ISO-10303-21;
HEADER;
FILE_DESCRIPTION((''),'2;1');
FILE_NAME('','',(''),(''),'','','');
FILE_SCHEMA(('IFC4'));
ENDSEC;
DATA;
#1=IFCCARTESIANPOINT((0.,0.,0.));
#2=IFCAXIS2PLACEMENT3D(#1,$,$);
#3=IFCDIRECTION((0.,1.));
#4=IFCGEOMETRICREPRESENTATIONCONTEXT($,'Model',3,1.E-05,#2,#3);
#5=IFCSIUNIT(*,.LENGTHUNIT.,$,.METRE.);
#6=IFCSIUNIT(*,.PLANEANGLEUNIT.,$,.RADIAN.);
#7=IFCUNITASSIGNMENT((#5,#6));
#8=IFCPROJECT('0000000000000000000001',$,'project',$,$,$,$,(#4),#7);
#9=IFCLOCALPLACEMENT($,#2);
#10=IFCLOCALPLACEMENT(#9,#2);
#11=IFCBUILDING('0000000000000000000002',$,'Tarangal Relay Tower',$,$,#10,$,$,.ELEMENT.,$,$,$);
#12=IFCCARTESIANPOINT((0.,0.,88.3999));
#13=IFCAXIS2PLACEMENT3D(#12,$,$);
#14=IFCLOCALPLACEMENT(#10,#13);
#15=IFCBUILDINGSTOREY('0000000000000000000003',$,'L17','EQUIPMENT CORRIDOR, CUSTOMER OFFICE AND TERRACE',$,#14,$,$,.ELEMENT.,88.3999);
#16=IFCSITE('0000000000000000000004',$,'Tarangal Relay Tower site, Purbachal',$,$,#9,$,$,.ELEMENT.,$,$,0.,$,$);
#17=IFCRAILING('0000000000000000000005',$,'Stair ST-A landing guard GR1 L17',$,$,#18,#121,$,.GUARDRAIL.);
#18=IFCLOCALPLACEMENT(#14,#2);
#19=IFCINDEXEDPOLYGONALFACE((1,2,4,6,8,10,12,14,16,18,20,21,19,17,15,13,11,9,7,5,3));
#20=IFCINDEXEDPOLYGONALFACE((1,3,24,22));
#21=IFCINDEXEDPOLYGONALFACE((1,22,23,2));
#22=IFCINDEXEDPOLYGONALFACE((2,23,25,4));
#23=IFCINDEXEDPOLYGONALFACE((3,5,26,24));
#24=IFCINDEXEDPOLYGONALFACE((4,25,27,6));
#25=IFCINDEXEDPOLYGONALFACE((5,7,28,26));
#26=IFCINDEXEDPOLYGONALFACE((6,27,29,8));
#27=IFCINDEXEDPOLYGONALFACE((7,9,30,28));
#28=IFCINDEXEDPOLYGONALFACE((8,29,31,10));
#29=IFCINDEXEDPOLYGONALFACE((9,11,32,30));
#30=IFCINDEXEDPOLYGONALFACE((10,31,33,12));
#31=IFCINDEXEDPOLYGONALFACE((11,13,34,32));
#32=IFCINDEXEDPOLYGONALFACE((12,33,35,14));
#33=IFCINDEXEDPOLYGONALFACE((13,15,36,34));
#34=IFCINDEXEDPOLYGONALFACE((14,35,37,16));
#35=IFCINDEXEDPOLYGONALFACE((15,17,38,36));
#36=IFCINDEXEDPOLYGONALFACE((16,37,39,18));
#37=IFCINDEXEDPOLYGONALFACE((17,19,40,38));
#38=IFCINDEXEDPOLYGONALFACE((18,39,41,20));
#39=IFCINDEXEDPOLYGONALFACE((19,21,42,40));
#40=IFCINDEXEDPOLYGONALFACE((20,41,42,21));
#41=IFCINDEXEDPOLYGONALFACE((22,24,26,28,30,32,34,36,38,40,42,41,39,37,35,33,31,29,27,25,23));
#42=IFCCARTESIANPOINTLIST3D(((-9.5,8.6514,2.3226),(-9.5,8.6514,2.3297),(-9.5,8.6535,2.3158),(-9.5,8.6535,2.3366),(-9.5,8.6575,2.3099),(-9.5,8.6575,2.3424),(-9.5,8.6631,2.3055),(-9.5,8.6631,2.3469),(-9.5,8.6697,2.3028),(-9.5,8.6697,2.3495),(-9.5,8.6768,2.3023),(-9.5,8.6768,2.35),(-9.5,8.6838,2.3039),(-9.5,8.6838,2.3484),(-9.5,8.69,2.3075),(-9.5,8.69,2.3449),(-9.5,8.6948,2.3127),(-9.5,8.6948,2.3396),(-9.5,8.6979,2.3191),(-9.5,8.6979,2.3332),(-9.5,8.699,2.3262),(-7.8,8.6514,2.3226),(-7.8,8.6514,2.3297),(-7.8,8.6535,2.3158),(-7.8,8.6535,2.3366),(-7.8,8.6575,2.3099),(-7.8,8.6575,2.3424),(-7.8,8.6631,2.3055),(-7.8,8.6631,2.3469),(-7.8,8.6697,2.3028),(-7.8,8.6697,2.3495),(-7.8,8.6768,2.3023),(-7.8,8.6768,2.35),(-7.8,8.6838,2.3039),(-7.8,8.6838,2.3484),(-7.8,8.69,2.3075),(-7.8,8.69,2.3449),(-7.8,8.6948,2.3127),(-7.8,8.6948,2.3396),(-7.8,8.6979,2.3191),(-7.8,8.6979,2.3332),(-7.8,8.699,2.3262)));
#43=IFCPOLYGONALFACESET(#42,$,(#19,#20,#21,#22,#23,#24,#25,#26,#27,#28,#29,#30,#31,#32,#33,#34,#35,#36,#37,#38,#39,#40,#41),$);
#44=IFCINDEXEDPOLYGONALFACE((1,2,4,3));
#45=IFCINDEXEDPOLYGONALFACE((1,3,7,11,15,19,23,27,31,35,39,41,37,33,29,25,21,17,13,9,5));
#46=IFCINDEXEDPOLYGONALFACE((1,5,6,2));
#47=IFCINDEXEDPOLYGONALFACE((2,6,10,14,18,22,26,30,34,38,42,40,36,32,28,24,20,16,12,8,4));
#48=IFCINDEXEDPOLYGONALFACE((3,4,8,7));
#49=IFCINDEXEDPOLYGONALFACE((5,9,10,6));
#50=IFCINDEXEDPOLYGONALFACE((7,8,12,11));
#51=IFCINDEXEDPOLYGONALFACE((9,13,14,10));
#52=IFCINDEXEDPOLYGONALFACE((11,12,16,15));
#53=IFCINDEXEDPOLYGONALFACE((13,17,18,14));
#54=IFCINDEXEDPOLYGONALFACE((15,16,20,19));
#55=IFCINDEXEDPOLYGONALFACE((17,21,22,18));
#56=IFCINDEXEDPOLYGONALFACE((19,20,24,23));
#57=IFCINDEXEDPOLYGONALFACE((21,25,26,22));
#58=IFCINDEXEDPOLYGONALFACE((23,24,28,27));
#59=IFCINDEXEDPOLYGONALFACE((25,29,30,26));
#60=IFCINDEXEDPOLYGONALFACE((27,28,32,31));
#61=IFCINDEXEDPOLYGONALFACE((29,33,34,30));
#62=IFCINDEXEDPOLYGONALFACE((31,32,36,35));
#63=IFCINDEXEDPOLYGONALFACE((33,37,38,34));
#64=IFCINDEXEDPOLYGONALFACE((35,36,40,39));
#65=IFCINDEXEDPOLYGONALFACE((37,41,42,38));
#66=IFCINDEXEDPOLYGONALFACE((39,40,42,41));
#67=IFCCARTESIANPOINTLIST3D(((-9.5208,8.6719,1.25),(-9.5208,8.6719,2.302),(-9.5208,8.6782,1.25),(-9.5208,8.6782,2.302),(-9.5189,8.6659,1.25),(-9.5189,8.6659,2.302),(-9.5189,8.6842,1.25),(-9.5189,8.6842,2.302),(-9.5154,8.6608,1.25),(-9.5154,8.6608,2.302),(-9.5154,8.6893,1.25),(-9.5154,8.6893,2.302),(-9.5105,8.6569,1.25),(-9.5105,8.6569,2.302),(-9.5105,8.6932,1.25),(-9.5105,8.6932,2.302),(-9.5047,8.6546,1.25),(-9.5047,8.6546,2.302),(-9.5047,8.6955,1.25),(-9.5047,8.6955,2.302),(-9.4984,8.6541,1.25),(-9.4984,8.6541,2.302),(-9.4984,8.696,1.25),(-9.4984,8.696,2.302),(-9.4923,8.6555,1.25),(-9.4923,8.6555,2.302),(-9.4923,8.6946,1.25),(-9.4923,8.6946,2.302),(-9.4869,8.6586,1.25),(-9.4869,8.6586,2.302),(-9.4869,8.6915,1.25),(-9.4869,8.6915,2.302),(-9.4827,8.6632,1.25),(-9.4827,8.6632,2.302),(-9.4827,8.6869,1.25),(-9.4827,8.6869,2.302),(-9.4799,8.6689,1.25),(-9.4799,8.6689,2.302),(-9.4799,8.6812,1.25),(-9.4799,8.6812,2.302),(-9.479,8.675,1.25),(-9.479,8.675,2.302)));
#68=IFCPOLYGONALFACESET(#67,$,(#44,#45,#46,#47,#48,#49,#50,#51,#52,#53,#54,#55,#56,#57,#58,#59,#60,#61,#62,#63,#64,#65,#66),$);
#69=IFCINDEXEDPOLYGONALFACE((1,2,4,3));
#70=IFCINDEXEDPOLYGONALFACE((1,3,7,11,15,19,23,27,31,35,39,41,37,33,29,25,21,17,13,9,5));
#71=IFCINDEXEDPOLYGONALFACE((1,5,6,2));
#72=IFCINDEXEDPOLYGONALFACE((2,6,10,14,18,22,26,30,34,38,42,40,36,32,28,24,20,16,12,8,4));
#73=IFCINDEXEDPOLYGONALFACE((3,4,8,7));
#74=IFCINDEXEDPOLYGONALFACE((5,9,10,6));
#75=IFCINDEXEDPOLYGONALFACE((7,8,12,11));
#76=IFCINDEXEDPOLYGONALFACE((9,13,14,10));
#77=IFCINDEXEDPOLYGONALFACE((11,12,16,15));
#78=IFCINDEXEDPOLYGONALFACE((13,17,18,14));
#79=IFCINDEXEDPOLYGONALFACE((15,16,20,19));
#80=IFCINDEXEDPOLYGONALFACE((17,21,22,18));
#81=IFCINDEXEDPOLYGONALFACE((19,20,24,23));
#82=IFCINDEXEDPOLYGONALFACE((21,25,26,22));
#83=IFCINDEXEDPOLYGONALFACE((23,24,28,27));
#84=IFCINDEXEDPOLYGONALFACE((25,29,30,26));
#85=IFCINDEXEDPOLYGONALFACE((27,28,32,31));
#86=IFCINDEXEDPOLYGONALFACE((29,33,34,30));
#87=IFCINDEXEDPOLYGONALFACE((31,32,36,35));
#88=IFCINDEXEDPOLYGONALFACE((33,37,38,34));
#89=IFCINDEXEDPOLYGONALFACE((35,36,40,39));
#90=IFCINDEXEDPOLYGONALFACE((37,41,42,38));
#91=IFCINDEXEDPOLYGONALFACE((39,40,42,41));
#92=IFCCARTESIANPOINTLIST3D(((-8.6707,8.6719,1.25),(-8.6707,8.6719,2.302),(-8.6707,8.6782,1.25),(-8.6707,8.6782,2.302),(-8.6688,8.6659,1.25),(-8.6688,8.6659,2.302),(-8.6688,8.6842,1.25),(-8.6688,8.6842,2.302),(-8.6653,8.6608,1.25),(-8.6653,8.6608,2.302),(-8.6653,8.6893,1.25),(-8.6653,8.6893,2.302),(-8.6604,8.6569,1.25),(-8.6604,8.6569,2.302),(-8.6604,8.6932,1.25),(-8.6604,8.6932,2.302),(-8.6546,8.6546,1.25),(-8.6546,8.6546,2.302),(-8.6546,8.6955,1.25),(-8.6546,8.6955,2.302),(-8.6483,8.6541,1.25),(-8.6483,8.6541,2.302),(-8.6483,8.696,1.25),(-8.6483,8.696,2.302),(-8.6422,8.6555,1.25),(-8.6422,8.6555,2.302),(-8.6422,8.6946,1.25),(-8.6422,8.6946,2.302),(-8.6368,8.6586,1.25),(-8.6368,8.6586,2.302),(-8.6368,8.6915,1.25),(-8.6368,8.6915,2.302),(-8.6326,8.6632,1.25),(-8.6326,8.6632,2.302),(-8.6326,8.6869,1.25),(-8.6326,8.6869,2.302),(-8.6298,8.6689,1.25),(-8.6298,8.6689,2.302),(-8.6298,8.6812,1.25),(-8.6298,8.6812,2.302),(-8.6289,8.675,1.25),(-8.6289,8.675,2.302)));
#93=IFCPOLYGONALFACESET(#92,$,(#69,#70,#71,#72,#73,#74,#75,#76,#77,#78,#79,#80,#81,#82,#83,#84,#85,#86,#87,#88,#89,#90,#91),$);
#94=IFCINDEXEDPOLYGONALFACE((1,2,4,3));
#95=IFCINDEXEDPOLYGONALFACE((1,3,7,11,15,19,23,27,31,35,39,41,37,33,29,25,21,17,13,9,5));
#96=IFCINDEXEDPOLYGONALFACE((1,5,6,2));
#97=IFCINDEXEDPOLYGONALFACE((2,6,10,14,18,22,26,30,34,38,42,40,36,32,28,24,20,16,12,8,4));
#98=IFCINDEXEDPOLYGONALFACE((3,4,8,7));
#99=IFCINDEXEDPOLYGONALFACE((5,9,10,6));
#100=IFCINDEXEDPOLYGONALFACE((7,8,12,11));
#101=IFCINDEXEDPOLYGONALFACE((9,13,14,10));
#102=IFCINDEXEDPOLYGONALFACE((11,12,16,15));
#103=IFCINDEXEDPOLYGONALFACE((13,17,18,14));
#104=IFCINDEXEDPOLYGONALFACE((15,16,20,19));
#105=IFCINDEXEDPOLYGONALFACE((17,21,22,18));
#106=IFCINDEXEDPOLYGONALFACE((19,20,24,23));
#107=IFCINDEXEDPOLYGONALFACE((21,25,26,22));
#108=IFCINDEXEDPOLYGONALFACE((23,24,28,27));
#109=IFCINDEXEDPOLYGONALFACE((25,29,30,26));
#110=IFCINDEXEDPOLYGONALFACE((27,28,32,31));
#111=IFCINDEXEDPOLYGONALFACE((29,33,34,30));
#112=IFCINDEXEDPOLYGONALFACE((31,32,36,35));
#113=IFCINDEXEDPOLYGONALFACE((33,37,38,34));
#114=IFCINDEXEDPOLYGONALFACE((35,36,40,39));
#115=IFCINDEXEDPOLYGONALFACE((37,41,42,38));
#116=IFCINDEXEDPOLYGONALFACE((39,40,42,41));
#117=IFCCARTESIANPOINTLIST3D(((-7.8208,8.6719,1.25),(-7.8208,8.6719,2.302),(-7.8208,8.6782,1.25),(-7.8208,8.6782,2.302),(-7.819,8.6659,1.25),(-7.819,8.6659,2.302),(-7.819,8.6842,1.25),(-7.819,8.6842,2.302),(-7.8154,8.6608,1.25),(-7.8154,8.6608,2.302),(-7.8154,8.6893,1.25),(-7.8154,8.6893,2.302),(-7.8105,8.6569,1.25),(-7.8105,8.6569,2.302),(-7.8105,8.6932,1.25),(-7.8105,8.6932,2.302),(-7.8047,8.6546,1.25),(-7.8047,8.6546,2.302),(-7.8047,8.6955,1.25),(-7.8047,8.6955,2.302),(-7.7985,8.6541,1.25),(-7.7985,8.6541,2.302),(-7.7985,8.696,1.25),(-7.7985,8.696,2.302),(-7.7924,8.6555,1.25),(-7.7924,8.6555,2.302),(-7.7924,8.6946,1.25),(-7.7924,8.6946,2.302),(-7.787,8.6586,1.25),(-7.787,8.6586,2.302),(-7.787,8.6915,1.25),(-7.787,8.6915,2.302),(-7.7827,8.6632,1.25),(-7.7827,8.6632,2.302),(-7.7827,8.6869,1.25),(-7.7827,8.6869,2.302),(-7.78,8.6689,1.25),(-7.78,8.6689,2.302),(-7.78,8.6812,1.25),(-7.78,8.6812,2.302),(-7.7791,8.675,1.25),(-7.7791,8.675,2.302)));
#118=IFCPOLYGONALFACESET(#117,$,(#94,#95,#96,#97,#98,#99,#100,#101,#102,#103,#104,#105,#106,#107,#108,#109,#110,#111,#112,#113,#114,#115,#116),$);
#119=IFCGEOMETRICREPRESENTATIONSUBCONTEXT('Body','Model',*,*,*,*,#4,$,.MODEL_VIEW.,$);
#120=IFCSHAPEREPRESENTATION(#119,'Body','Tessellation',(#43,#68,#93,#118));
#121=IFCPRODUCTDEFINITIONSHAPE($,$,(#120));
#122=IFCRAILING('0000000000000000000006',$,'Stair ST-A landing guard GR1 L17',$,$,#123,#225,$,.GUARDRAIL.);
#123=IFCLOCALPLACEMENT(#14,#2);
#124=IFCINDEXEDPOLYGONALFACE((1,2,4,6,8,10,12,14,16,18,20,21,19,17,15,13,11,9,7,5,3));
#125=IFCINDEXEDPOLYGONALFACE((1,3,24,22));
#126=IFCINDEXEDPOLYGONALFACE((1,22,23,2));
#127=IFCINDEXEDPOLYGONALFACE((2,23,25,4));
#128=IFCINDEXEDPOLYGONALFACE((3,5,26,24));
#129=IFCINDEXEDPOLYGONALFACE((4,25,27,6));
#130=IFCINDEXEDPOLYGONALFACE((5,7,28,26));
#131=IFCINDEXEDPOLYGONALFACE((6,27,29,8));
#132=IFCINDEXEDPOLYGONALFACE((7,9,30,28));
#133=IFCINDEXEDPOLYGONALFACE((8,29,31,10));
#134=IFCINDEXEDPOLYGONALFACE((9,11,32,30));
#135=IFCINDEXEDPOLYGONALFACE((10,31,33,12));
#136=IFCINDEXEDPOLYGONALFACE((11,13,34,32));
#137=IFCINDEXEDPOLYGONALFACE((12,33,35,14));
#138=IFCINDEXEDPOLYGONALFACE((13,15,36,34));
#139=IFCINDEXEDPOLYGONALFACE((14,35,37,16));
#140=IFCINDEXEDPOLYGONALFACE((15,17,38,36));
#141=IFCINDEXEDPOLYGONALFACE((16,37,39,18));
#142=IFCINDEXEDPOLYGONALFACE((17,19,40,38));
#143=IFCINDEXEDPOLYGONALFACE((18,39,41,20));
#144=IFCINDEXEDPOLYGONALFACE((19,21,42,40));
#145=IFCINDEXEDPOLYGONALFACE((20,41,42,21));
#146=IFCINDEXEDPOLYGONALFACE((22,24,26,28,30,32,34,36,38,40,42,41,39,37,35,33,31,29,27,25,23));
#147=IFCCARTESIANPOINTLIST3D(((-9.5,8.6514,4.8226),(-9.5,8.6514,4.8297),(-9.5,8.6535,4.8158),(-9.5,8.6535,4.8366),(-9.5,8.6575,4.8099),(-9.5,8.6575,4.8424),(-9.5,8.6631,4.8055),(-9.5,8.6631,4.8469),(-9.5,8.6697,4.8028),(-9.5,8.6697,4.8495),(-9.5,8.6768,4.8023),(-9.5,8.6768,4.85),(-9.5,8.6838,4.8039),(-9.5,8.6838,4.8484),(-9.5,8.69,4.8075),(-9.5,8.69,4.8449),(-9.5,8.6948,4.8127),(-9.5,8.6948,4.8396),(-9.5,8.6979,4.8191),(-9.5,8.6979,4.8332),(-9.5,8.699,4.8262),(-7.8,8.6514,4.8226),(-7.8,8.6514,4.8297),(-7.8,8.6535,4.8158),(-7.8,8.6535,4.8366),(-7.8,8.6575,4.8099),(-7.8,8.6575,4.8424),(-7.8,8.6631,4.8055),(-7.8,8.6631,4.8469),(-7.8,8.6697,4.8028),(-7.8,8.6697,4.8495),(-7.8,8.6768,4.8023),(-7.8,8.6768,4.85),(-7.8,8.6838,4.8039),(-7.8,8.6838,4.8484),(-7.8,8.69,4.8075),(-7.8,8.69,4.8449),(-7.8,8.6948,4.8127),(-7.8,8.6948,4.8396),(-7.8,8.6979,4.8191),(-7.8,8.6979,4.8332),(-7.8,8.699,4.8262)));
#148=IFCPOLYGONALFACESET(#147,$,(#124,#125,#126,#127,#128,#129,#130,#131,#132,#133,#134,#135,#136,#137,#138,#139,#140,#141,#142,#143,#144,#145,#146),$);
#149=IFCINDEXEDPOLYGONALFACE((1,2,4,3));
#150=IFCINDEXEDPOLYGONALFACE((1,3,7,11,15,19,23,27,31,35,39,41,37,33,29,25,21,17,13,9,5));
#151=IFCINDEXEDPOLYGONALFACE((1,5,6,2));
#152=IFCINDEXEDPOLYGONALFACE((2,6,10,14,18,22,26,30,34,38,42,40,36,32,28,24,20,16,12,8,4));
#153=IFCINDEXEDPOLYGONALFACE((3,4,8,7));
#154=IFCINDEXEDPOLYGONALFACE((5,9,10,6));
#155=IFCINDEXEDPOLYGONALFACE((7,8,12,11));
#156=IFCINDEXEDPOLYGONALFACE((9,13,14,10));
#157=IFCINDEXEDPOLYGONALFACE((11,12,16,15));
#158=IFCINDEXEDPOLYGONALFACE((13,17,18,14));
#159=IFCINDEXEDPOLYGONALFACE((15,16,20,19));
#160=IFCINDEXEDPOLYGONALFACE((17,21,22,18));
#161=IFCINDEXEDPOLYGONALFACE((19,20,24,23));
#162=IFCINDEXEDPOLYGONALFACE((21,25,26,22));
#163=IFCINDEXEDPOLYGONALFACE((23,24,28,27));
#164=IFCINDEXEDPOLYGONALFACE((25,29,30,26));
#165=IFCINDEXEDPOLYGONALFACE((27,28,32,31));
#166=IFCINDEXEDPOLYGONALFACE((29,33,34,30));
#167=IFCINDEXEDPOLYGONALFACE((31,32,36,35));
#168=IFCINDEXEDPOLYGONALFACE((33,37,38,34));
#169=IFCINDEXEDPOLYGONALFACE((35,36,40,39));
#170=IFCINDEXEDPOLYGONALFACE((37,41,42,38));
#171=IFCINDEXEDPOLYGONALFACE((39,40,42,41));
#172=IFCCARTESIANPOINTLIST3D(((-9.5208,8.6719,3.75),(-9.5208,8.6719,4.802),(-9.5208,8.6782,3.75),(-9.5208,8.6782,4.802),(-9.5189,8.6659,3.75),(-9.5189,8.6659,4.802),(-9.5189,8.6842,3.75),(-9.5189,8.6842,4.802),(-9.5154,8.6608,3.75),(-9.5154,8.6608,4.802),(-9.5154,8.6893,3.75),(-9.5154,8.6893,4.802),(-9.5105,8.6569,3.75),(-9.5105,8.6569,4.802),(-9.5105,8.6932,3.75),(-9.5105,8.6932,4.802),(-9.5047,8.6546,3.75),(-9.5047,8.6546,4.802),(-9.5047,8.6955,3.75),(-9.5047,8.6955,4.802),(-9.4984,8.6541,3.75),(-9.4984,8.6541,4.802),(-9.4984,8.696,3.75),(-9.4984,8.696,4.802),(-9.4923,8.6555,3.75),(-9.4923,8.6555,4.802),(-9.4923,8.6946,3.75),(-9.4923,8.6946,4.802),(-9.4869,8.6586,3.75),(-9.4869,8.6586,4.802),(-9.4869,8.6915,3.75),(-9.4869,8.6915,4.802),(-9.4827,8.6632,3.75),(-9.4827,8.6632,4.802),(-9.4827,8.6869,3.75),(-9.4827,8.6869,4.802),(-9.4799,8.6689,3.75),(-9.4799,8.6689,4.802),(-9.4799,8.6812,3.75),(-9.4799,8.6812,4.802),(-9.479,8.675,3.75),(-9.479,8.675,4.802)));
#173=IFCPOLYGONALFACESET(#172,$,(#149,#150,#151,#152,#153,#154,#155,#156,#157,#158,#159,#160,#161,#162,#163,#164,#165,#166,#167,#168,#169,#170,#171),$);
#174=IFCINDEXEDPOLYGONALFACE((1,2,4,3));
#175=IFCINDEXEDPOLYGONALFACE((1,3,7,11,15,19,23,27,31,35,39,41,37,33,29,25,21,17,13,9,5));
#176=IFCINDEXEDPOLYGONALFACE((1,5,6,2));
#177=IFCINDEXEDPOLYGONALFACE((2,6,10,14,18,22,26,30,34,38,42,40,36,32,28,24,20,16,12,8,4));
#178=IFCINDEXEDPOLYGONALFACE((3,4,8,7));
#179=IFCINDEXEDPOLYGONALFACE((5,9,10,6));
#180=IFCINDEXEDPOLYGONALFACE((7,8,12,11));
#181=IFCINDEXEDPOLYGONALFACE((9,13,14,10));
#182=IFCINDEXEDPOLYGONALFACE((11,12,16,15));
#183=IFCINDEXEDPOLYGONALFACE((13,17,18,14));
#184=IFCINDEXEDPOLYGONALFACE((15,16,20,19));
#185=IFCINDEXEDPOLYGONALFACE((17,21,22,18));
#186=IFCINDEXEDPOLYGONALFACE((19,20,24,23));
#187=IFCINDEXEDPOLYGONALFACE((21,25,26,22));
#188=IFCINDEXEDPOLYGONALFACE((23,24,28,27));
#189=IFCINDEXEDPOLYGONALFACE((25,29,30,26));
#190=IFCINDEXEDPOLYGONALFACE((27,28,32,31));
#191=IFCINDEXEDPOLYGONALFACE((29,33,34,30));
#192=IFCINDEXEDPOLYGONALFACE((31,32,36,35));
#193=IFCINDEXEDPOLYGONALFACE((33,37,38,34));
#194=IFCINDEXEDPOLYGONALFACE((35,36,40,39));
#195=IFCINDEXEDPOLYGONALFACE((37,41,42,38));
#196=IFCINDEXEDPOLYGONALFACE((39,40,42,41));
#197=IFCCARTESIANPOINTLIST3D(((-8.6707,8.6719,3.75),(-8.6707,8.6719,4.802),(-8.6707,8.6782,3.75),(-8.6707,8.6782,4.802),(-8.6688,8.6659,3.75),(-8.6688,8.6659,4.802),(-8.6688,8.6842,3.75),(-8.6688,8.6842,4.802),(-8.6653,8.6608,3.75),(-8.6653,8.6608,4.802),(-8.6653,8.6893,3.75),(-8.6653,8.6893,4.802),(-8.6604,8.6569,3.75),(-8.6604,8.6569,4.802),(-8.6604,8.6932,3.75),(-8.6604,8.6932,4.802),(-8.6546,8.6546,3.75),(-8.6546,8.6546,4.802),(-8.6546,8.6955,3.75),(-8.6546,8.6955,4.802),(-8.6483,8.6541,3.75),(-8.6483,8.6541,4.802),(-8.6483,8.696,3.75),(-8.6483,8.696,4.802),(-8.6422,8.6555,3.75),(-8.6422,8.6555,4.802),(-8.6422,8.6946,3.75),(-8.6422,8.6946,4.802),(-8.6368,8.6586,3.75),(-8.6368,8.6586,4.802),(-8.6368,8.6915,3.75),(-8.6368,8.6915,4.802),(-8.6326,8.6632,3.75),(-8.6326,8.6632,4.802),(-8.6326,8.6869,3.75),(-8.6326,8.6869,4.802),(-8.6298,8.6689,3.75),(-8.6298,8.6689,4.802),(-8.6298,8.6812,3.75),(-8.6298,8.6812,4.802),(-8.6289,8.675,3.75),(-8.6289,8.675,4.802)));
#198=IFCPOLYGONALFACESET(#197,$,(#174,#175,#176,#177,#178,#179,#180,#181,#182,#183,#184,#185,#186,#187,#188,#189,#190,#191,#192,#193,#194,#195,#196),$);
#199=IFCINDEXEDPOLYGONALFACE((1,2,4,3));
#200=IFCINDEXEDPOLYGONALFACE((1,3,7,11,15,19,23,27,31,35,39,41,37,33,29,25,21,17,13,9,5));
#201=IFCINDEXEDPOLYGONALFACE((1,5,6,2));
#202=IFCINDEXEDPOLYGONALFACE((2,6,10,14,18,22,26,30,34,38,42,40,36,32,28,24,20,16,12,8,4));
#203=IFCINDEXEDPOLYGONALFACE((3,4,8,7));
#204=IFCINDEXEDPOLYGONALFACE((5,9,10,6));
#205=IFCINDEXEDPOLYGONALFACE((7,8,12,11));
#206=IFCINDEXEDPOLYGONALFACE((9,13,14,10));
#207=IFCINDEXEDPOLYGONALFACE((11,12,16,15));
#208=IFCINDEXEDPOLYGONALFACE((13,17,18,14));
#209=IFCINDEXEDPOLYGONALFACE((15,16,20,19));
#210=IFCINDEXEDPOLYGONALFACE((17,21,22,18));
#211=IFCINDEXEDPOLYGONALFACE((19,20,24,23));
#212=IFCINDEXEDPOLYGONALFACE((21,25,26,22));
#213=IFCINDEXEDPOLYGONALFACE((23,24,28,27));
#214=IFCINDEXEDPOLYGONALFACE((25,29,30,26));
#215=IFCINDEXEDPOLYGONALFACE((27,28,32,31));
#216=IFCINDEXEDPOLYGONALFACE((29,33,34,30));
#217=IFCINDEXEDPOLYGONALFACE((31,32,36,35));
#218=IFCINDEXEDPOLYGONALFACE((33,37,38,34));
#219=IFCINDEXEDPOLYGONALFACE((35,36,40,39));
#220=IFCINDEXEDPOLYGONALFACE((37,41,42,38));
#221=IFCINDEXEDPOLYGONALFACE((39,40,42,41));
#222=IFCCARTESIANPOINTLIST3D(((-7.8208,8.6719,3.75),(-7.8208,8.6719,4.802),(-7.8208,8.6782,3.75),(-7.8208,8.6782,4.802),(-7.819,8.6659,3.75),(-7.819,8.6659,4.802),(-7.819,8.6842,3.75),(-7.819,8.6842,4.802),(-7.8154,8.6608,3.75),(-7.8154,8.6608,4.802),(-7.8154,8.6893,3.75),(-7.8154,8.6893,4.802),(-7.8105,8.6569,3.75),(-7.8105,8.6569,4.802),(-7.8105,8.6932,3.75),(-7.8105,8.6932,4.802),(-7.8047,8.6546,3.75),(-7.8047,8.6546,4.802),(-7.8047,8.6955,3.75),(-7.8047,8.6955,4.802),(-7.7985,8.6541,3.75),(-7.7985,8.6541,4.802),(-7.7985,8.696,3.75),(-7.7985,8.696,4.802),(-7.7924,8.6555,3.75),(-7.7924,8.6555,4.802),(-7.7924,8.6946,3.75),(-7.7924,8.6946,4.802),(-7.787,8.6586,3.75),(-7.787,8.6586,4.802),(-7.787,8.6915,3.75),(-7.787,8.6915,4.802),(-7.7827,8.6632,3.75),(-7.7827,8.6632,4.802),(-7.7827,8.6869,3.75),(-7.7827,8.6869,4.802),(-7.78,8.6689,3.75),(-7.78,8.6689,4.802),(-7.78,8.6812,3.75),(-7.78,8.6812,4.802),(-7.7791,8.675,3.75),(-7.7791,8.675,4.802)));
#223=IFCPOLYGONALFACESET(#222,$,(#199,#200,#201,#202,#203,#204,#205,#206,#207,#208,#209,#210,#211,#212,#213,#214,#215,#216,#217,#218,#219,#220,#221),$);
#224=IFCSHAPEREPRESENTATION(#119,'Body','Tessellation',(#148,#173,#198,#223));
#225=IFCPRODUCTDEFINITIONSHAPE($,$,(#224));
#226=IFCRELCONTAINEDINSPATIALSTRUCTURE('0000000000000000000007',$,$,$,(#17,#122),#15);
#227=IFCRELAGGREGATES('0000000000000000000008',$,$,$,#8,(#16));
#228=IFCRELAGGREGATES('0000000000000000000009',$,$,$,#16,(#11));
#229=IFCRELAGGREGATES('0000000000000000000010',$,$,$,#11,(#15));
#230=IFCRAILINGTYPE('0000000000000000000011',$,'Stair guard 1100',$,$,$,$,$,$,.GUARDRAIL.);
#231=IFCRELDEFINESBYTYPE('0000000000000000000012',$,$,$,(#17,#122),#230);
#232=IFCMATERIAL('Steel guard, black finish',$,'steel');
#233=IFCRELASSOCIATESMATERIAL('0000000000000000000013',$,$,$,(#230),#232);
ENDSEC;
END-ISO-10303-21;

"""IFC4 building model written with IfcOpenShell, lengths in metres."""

from ifc_helpers import new_model, si_unit, direction, frame, origin, origin_2d, place, context, subcontext, project, spatial, circle, extrude, material, type_object, element, save


model = new_model("IFC4")

# Units and contexts
model_context = context("Model", 3, precision=1e-05, world=origin(), true_north=direction((0.0, 1.0)))
body_context = subcontext(model_context, "Body", "Model", "MODEL_VIEW")
ifc_project = project(units=[si_unit("LENGTHUNIT", "METRE"), si_unit("PLANEANGLEUNIT", "RADIAN")], contexts=[model_context])

# Site, building, storey
site_placement = place(None, origin())
site = spatial("IfcSite", under=ifc_project, at=site_placement, Name="Tarangal Relay Tower site, Purbachal", CompositionType="ELEMENT", RefElevation=0.0)
building_placement = place(site_placement, origin())
building = spatial("IfcBuilding", under=site, at=building_placement, Name="Tarangal Relay Tower", CompositionType="ELEMENT")
storey_placement = place(building_placement, frame((0.0, 0.0, 88.3999)))
storey = spatial("IfcBuildingStorey", under=building, at=storey_placement, Name="L17", Description="EQUIPMENT CORRIDOR, CUSTOMER OFFICE AND TERRACE", CompositionType="ELEMENT", Elevation=88.3999)

# Railings
ifc_material_1 = material(Name="Steel guard, black finish", Category="steel")
railing_type_1 = type_object("IfcRailingType", Name="Stair guard 1100", PredefinedType="GUARDRAIL", material=ifc_material_1)
for number, where, name in (
    (1, (-9.5, 8.675, 1.25), "Stair ST-A landing guard GR1 L17"),
    (2, (-9.5, 8.675, 3.75), "Stair ST-A landing guard GR1 L17"),
):
    element("IfcRailing", number, at=place(storey_placement, frame(where)), inside=storey, type_object=railing_type_1, Name=name, PredefinedType="GUARDRAIL", context=body_context, shape_type="SweptSolid", body=[
        extrude(circle(Radius=0.0239, at=origin_2d()), frame((0.0, 0.0, 1.0762), z_axis=(1.0, 0.0, 0.0), x_axis=(0.0, 1.0, 0.0)), (0.0, 0.0, 1.0), 1.7),
        extrude(circle(Radius=0.021, at=origin_2d()), origin(), (0.0, 0.0, 1.0), 1.052),
        extrude(circle(Radius=0.021, at=origin_2d()), frame((0.8501, 0.0, 0.0)), (0.0, 0.0, 1.0), 1.052),
        extrude(circle(Radius=0.021, at=origin_2d()), frame((1.7, 0.0, 0.0)), (0.0, 0.0, 1.0), 1.052),
    ])

save(model, "model.ifc")
